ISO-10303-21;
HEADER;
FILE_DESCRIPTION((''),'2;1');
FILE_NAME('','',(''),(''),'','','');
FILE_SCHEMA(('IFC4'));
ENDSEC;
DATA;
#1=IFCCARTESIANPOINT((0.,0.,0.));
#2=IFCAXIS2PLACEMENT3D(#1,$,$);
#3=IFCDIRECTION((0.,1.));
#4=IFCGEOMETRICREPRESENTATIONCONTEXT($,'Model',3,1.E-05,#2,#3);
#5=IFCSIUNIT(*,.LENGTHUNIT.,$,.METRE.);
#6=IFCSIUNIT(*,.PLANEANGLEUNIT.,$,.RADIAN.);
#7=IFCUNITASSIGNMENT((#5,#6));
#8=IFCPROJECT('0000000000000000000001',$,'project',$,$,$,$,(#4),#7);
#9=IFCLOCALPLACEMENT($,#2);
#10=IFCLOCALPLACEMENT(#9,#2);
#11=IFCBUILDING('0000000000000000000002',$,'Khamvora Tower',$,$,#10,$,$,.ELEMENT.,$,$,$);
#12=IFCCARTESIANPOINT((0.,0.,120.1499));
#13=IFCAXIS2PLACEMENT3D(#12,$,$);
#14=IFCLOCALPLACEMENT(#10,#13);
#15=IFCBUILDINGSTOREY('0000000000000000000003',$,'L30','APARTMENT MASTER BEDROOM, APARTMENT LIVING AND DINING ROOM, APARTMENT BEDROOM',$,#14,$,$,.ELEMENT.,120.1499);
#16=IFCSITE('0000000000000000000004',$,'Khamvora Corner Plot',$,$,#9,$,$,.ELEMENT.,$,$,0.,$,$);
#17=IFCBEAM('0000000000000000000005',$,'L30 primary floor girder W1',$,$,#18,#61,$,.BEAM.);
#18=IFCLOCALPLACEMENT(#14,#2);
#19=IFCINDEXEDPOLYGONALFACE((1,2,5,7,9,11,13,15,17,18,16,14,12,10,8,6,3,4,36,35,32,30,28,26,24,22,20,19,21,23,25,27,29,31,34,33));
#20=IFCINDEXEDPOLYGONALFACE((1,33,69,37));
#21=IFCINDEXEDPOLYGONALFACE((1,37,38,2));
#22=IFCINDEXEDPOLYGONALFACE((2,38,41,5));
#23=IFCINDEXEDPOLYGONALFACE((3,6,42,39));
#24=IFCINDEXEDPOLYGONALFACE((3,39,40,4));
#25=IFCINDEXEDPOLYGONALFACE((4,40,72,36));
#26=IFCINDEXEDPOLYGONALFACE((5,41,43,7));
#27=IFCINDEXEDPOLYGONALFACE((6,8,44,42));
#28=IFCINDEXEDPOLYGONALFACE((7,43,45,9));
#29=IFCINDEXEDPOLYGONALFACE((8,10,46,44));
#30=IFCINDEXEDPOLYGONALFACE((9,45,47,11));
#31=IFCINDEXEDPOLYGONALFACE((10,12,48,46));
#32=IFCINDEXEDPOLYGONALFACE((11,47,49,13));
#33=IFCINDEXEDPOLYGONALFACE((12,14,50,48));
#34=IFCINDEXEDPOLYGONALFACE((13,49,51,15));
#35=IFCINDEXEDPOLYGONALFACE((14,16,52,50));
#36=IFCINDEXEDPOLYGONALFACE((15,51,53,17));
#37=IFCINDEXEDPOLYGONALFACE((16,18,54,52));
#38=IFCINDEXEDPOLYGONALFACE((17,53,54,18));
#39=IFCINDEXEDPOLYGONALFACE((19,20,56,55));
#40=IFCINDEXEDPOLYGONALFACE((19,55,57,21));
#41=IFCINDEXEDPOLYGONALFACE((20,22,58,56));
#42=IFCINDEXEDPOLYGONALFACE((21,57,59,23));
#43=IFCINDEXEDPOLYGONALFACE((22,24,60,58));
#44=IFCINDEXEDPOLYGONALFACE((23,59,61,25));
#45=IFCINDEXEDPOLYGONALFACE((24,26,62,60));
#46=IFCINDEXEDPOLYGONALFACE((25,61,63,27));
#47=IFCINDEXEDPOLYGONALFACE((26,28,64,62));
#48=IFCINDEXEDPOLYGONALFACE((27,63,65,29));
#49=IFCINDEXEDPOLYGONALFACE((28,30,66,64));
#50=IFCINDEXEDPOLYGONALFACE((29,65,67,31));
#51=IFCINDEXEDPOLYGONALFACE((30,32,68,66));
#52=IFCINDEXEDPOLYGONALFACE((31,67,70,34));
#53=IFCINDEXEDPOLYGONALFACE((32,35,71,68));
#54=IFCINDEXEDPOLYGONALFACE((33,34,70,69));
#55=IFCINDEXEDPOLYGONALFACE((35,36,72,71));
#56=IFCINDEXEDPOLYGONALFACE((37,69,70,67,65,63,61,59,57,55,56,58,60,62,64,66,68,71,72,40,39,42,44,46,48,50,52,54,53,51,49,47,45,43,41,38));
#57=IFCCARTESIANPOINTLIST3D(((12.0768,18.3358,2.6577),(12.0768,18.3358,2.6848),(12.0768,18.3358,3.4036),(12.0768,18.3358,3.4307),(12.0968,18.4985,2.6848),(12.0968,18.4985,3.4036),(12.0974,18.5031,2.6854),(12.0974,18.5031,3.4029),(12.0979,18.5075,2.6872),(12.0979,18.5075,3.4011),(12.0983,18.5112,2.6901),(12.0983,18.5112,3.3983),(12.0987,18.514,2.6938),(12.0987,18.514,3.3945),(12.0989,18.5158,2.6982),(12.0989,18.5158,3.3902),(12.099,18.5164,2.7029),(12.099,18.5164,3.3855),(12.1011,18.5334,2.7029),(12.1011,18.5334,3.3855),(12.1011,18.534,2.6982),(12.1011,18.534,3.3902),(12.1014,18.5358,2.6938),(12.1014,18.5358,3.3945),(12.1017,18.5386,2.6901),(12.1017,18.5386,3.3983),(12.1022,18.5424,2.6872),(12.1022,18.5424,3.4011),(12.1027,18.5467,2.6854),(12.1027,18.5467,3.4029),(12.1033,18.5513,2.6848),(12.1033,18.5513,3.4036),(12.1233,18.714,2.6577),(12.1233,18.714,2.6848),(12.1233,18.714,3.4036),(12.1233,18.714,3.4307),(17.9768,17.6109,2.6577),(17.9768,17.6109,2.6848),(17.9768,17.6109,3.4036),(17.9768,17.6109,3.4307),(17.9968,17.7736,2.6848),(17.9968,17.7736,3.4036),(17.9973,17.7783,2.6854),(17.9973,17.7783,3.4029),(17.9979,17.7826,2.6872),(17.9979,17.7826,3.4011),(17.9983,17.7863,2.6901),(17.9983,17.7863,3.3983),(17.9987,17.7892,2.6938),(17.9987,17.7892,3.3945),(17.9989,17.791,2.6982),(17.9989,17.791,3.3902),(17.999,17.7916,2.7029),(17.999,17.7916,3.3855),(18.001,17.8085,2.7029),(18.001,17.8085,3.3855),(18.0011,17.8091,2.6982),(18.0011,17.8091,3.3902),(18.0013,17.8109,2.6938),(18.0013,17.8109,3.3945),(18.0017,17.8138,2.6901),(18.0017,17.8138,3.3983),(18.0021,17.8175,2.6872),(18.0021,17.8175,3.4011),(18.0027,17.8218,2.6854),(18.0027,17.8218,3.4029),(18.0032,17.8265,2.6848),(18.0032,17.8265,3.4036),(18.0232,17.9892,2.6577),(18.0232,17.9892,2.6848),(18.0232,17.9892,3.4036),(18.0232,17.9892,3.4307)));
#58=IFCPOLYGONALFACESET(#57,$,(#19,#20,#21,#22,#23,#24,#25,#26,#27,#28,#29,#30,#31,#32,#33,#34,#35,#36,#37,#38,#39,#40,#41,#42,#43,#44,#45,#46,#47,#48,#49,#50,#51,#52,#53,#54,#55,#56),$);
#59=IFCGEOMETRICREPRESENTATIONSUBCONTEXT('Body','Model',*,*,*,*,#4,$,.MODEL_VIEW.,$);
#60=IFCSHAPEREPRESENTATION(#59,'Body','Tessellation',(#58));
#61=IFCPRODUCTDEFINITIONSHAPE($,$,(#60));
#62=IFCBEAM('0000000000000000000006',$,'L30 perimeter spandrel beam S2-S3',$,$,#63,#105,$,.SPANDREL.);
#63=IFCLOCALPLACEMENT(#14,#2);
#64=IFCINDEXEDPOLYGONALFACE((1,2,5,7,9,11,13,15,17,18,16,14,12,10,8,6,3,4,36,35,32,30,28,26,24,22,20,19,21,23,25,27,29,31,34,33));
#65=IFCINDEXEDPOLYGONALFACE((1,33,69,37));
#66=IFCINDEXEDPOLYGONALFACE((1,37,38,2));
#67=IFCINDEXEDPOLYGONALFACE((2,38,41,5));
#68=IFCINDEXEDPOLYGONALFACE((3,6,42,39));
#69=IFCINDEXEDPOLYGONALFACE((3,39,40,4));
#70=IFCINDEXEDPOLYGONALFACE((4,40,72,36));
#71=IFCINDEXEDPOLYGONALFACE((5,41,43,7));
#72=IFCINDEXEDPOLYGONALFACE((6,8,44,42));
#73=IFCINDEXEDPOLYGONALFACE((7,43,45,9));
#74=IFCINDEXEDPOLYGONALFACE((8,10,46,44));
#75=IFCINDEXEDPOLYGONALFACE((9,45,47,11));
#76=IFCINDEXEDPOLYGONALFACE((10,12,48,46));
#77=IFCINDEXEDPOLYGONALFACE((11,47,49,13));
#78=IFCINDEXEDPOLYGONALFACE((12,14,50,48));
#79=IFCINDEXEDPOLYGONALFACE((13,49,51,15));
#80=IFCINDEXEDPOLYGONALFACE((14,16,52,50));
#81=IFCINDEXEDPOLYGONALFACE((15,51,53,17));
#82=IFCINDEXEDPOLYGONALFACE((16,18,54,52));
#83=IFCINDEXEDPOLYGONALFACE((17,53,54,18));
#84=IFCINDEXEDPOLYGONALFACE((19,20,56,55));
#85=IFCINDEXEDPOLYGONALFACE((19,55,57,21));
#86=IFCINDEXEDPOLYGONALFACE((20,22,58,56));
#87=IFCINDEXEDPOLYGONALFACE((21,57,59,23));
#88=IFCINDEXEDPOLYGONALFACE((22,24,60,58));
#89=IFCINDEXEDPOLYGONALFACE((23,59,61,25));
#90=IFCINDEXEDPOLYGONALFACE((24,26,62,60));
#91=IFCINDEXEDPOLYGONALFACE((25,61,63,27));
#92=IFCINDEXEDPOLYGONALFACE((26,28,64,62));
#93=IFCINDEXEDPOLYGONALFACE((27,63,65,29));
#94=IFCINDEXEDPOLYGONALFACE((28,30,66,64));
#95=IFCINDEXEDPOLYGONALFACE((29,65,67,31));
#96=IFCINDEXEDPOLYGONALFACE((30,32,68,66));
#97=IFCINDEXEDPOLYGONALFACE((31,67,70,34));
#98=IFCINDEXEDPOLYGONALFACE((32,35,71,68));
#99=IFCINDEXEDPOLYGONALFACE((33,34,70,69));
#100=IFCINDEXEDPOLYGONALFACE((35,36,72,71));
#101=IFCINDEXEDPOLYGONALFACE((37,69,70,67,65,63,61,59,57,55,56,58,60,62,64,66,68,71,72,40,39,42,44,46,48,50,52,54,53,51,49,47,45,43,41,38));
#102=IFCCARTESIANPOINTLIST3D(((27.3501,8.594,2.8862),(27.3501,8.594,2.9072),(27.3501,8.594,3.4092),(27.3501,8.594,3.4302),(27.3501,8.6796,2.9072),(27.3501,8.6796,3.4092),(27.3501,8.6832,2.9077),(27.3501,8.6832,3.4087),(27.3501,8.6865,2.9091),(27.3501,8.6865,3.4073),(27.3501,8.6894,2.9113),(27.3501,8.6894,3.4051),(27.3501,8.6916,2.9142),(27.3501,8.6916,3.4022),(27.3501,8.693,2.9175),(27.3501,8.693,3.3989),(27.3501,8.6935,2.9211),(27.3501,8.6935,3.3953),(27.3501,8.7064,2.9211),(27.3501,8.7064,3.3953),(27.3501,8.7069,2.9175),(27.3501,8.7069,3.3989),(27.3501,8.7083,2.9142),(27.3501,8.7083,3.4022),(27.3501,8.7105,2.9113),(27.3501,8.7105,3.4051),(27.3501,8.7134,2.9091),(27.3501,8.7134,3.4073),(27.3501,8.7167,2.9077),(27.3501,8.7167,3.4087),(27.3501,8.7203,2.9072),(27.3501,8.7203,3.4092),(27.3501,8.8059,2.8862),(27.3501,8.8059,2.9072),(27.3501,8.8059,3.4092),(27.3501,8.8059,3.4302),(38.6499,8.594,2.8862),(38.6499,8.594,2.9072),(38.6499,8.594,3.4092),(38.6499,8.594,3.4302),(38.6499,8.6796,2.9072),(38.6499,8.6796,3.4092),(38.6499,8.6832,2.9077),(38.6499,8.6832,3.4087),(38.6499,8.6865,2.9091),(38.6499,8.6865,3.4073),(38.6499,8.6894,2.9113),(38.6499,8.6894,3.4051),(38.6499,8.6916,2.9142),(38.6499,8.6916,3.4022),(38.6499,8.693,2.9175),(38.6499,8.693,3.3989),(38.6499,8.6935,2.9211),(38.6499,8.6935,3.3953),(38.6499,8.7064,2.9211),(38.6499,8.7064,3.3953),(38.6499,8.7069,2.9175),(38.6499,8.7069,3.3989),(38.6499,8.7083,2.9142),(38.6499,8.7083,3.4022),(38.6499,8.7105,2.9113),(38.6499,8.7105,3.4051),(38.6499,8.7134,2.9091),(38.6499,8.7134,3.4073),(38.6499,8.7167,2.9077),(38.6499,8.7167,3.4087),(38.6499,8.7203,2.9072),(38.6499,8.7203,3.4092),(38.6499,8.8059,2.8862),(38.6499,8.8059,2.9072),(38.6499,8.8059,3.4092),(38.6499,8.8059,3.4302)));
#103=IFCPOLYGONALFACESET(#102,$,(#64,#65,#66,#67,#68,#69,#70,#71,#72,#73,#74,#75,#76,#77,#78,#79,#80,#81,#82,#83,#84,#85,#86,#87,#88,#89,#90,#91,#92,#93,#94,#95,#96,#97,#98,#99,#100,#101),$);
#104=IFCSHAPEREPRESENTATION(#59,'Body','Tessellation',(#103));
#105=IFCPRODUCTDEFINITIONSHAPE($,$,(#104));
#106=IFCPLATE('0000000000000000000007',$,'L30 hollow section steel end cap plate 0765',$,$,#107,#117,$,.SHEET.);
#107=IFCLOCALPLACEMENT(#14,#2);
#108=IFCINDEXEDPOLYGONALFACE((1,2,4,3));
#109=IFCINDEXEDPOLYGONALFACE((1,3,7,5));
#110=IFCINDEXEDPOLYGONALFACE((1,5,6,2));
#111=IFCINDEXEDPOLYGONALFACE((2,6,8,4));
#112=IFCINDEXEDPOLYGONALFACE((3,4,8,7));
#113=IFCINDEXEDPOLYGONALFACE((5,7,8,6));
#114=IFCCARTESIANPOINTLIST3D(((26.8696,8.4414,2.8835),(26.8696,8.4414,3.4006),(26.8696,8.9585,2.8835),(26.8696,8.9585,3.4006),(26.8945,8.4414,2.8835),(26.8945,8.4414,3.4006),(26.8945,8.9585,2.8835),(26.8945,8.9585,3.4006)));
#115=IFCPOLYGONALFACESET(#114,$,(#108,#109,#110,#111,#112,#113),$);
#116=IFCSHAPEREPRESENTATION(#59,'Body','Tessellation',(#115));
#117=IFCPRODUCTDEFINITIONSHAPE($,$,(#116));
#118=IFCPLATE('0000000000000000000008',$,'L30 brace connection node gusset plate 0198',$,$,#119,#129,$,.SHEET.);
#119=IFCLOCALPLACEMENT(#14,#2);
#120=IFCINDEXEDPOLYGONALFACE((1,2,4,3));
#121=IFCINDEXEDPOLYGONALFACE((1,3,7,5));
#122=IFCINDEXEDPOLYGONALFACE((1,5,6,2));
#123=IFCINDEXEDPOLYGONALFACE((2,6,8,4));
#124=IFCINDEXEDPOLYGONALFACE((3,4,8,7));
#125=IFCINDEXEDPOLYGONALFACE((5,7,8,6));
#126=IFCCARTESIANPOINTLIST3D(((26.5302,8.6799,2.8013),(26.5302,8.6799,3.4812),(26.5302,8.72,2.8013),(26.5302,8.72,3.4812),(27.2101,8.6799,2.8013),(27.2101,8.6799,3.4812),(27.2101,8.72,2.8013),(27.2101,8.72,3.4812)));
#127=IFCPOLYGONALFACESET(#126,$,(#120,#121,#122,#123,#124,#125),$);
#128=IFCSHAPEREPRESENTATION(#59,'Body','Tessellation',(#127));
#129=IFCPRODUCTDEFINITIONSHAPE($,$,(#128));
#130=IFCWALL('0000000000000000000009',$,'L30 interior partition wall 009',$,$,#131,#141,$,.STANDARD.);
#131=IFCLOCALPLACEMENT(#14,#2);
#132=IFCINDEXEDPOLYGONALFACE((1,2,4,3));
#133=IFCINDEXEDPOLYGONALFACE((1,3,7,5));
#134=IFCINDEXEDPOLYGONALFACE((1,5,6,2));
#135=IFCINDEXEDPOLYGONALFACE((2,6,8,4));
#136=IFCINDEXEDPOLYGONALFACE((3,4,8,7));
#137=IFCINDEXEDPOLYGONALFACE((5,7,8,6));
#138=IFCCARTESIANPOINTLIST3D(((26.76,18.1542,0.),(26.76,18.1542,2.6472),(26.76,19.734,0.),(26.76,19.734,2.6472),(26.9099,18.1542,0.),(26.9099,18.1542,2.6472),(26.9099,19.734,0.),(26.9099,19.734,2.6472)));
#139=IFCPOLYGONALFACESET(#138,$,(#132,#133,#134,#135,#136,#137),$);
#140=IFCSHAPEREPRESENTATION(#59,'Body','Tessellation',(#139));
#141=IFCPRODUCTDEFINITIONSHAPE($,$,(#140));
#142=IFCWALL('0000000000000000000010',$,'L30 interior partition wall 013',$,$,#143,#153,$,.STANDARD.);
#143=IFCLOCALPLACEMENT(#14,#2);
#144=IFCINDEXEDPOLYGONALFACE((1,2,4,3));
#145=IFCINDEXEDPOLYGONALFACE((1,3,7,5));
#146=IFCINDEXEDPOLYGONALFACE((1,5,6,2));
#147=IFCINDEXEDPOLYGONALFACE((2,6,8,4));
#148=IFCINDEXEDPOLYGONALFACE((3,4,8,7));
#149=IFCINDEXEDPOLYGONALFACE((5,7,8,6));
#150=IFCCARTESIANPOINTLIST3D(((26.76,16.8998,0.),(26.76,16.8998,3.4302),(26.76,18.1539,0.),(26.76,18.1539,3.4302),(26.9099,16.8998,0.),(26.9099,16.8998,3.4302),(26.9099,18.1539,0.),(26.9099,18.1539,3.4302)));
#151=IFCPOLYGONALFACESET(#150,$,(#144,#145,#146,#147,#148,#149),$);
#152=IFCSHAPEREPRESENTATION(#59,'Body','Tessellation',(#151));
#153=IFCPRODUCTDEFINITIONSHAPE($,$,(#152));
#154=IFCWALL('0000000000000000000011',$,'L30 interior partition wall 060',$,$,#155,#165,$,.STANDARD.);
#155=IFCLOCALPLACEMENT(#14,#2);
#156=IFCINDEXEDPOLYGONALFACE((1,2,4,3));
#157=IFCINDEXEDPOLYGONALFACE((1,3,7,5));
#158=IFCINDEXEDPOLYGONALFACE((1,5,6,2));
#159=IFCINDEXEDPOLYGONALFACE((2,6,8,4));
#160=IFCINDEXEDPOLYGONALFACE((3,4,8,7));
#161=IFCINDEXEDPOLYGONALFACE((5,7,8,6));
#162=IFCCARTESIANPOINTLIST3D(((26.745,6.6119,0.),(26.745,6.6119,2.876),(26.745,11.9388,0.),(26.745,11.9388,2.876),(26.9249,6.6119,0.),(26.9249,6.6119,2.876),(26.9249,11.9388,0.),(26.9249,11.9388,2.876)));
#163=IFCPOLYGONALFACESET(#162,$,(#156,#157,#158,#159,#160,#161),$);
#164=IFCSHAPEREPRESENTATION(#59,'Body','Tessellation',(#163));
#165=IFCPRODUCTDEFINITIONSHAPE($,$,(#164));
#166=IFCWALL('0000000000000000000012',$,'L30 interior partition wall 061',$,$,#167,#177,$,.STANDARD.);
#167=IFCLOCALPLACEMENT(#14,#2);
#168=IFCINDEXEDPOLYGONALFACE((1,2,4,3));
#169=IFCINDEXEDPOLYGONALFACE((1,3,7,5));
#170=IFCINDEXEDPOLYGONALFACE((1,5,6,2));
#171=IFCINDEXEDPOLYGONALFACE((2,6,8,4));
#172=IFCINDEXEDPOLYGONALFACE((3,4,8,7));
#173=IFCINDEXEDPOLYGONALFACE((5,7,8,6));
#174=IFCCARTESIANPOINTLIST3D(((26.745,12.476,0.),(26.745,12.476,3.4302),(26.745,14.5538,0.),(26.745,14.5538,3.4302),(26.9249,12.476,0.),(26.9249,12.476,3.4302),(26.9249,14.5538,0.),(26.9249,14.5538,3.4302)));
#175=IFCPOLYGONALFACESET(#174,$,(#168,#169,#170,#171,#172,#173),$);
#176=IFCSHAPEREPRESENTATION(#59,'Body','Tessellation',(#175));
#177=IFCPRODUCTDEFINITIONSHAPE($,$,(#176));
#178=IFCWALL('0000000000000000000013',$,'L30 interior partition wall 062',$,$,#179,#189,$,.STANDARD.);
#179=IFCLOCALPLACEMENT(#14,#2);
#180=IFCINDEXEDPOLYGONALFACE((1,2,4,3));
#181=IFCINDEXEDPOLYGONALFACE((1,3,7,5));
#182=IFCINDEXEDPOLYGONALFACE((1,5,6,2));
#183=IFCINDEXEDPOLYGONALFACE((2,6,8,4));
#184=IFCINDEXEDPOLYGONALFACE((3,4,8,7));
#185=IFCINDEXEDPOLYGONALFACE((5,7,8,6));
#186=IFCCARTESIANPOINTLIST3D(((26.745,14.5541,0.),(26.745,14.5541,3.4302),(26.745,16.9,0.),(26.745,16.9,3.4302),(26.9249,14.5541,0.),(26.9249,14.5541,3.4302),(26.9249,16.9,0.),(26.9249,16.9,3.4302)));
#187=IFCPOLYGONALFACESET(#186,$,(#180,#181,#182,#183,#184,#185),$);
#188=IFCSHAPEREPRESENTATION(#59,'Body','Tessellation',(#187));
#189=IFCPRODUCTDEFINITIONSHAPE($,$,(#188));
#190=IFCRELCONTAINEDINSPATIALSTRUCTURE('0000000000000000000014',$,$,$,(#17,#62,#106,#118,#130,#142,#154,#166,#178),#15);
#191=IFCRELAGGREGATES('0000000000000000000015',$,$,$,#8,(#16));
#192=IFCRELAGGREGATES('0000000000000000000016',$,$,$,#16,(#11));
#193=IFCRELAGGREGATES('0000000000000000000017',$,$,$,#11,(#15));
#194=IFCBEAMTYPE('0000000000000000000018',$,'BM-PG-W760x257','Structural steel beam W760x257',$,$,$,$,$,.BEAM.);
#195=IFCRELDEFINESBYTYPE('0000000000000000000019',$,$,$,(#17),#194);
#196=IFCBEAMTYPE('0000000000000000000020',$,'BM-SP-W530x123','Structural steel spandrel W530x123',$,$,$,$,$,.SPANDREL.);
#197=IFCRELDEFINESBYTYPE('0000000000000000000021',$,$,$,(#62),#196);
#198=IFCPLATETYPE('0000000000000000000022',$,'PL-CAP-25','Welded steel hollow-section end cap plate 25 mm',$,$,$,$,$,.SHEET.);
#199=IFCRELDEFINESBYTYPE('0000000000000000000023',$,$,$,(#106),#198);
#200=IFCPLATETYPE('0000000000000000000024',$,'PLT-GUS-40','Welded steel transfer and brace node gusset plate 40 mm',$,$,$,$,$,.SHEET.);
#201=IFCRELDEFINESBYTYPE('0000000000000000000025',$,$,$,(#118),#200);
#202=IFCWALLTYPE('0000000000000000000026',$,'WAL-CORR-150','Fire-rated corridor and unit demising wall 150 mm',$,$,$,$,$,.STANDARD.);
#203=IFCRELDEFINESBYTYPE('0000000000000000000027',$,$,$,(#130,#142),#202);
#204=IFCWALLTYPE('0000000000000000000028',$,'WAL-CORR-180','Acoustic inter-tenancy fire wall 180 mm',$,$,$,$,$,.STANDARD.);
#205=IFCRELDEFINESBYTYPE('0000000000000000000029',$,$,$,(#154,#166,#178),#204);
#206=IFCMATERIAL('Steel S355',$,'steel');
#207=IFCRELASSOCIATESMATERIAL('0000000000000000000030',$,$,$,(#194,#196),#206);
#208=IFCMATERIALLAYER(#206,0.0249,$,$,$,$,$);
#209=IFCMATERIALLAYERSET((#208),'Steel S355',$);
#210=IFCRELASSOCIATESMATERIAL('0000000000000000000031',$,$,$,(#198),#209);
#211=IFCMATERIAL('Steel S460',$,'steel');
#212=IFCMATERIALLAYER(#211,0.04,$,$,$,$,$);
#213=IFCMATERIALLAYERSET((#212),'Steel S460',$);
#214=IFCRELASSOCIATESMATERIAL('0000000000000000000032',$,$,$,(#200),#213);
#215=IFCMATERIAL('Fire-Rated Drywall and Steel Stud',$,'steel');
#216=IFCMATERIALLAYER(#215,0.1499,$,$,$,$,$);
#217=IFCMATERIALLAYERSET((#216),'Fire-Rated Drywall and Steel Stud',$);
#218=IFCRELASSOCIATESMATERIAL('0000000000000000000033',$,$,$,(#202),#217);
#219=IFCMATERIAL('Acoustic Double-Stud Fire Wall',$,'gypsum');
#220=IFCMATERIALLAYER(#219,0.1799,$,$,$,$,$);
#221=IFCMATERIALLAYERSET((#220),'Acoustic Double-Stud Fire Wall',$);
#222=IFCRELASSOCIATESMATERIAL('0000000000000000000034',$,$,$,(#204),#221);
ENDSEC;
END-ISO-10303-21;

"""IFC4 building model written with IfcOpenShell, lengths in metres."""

from ifc_helpers import new_model, si_unit, direction, frame, frame_2d, origin, origin_2d, place, context, subcontext, project, spatial, rectangle, i_section, extrude, material, layer, layer_set, material_profile, profile_set, type_object, element, save


model = new_model("IFC4")

# Units and contexts
model_context = context("Model", 3, precision=1e-05, world=origin(), true_north=direction((0.0, 1.0)))
body_context = subcontext(model_context, "Body", "Model", "MODEL_VIEW")
ifc_project = project(units=[si_unit("LENGTHUNIT", "METRE"), si_unit("PLANEANGLEUNIT", "RADIAN")], contexts=[model_context])

# Site, building, storey
site_placement = place(None, origin())
site = spatial("IfcSite", under=ifc_project, at=site_placement, Name="Khamvora Corner Plot", CompositionType="ELEMENT", RefElevation=0.0)
building_placement = place(site_placement, origin())
building = spatial("IfcBuilding", under=site, at=building_placement, Name="Khamvora Tower", CompositionType="ELEMENT")
storey_placement = place(building_placement, frame((0.0, 0.0, 120.1499)))
storey = spatial("IfcBuildingStorey", under=building, at=storey_placement, Name="L30", Description="APARTMENT MASTER BEDROOM, APARTMENT LIVING AND DINING ROOM, APARTMENT BEDROOM", CompositionType="ELEMENT", Elevation=120.1499)

# Shared definitions
ifc_material_1 = material(Name="Steel S355", Category="steel")

# Beams
ifc_material_profile_1 = material_profile(ifc_material_1, i_section(OverallWidth=0.3811, OverallDepth=0.7729, WebThickness=0.0171, FlangeThickness=0.0271, FilletRadius=0.0181, at=origin_2d()), Name="W760x257")
ifc_profile_set_1 = profile_set([ifc_material_profile_1], Name="Steel S355")
beam_type_1 = type_object("IfcBeamType", Name="BM-PG-W760x257", Description="Structural steel beam W760x257", PredefinedType="BEAM", material=ifc_profile_set_1)
beam_1_placement = place(storey_placement, frame((18.0, 17.8, 3.0442), z_axis=(-0.992537, 0.121942, 0.0), x_axis=(-0.121942, -0.992537, 0.0)))
element("IfcBeam", 1, at=beam_1_placement, inside=storey, type_object=beam_type_1, Name="L30 primary floor girder W1", PredefinedType="BEAM", context=body_context, shape_type="SweptSolid", body=[
    extrude(i_section(OverallWidth=0.3811, OverallDepth=0.7729, WebThickness=0.0171, FlangeThickness=0.0271, FilletRadius=0.0181, at=origin_2d()), origin(), (0.0, 0.0, 1.0), 5.9443),
])
ifc_material_profile_2 = material_profile(ifc_material_1, i_section(OverallWidth=0.2119, OverallDepth=0.5439, WebThickness=0.0129, FlangeThickness=0.021, FilletRadius=0.0139, at=origin_2d()), Name="W530x123")
ifc_profile_set_2 = profile_set([ifc_material_profile_2], Name="Steel S355")
beam_type_2 = type_object("IfcBeamType", Name="BM-SP-W530x123", Description="Structural steel spandrel W530x123", PredefinedType="SPANDREL", material=ifc_profile_set_2)
beam_2_placement = place(storey_placement, frame((27.3501, 8.7, 3.1582), z_axis=(1.0, 0.0, 0.0), x_axis=(0.0, 1.0, 0.0)))
element("IfcBeam", 2, at=beam_2_placement, inside=storey, type_object=beam_type_2, Name="L30 perimeter spandrel beam S2-S3", PredefinedType="SPANDREL", context=body_context, shape_type="SweptSolid", body=[
    extrude(i_section(OverallWidth=0.2119, OverallDepth=0.5439, WebThickness=0.0129, FlangeThickness=0.021, FilletRadius=0.0139, at=origin_2d()), origin(), (0.0, 0.0, 1.0), 11.2998),
])

# Plates
ifc_layer_1 = layer(ifc_material_1, 0.0249)
ifc_layer_set_1 = layer_set([ifc_layer_1], Name="Steel S355")
plate_type_1 = type_object("IfcPlateType", Name="PL-CAP-25", Description="Welded steel hollow-section end cap plate 25 mm", PredefinedType="SHEET", material=ifc_layer_set_1)
plate_1_placement = place(storey_placement, frame((26.8821, 8.7, 2.8835), z_axis=(0.0, 0.0, 1.0), x_axis=(1.0, 0.0, 0.0)))
element("IfcPlate", 3, at=plate_1_placement, inside=storey, type_object=plate_type_1, Name="L30 hollow section steel end cap plate 0765", PredefinedType="SHEET", context=body_context, shape_type="SweptSolid", body=[
    extrude(rectangle(XDim=0.0249, YDim=0.5171, at=origin_2d()), origin(), (0.0, 0.0, 1.0), 0.5171),
])
ifc_material_2 = material(Name="Steel S460", Category="steel")
ifc_layer_2 = layer(ifc_material_2, 0.04)
ifc_layer_set_2 = layer_set([ifc_layer_2], Name="Steel S460")
plate_type_2 = type_object("IfcPlateType", Name="PLT-GUS-40", Description="Welded steel transfer and brace node gusset plate 40 mm", PredefinedType="SHEET", material=ifc_layer_set_2)
plate_2_placement = place(storey_placement, frame((26.8701, 8.7, 2.8013), z_axis=(0.0, 0.0, 1.0), x_axis=(1.0, 0.0, 0.0)))
element("IfcPlate", 4, at=plate_2_placement, inside=storey, type_object=plate_type_2, Name="L30 brace connection node gusset plate 0198", PredefinedType="SHEET", context=body_context, shape_type="SweptSolid", body=[
    extrude(rectangle(XDim=0.6799, YDim=0.04, at=origin_2d()), origin(), (0.0, 0.0, 1.0), 0.6799),
])

# Walls
ifc_material_3 = material(Name="Fire-Rated Drywall and Steel Stud", Category="steel")
ifc_layer_3 = layer(ifc_material_3, 0.1499)
ifc_layer_set_3 = layer_set([ifc_layer_3], Name="Fire-Rated Drywall and Steel Stud")
wall_type_1 = type_object("IfcWallType", Name="WAL-CORR-150", Description="Fire-rated corridor and unit demising wall 150 mm", PredefinedType="STANDARD", material=ifc_layer_set_3)
wall_1_placement = place(storey_placement, frame((26.835, 18.1541, 0.0), z_axis=(0.0, 0.0, 1.0), x_axis=(0.0, 1.0, 0.0)))
element("IfcWall", 5, at=wall_1_placement, inside=storey, type_object=wall_type_1, Name="L30 interior partition wall 009", PredefinedType="STANDARD", context=body_context, shape_type="SweptSolid", body=[
    extrude(rectangle(XDim=1.5798, YDim=0.1499, at=frame_2d((0.79, 0.0))), origin(), (0.0, 0.0, 1.0), 2.6472),
])
wall_2_placement = place(storey_placement, frame((26.835, 16.8999, 0.0), z_axis=(0.0, 0.0, 1.0), x_axis=(0.0, 1.0, 0.0)))
element("IfcWall", 6, at=wall_2_placement, inside=storey, type_object=wall_type_1, Name="L30 interior partition wall 013", PredefinedType="STANDARD", context=body_context, shape_type="SweptSolid", body=[
    extrude(rectangle(XDim=1.2542, YDim=0.1499, at=frame_2d((0.627, 0.0))), origin(), (0.0, 0.0, 1.0), 3.4302),
])
ifc_material_4 = material(Name="Acoustic Double-Stud Fire Wall", Category="gypsum")
ifc_layer_4 = layer(ifc_material_4, 0.1799)
ifc_layer_set_4 = layer_set([ifc_layer_4], Name="Acoustic Double-Stud Fire Wall")
wall_type_2 = type_object("IfcWallType", Name="WAL-CORR-180", Description="Acoustic inter-tenancy fire wall 180 mm", PredefinedType="STANDARD", material=ifc_layer_set_4)
wall_3_placement = place(storey_placement, frame((26.835, 11.939, 0.0), z_axis=(0.0, 0.0, 1.0), x_axis=(0.0, -1.0, 0.0)))
element("IfcWall", 7, at=wall_3_placement, inside=storey, type_object=wall_type_2, Name="L30 interior partition wall 060", PredefinedType="STANDARD", context=body_context, shape_type="SweptSolid", body=[
    extrude(rectangle(XDim=5.3269, YDim=0.1799, at=frame_2d((2.6636, 0.0))), origin(), (0.0, 0.0, 1.0), 2.876),
])
wall_4_placement = place(storey_placement, frame((26.835, 14.554, 0.0), z_axis=(0.0, 0.0, 1.0), x_axis=(0.0, -1.0, 0.0)))
element("IfcWall", 8, at=wall_4_placement, inside=storey, type_object=wall_type_2, Name="L30 interior partition wall 061", PredefinedType="STANDARD", context=body_context, shape_type="SweptSolid", body=[
    extrude(rectangle(XDim=2.0779, YDim=0.1799, at=frame_2d((1.0391, 0.0))), origin(), (0.0, 0.0, 1.0), 3.4302),
])
wall_5_placement = place(storey_placement, frame((26.835, 16.8999, 0.0), z_axis=(0.0, 0.0, 1.0), x_axis=(0.0, -1.0, 0.0)))
element("IfcWall", 9, at=wall_5_placement, inside=storey, type_object=wall_type_2, Name="L30 interior partition wall 062", PredefinedType="STANDARD", context=body_context, shape_type="SweptSolid", body=[
    extrude(rectangle(XDim=2.3459, YDim=0.1799, at=frame_2d((1.1729, 0.0))), origin(), (0.0, 0.0, 1.0), 3.4302),
])

save(model, "model.ifc")
